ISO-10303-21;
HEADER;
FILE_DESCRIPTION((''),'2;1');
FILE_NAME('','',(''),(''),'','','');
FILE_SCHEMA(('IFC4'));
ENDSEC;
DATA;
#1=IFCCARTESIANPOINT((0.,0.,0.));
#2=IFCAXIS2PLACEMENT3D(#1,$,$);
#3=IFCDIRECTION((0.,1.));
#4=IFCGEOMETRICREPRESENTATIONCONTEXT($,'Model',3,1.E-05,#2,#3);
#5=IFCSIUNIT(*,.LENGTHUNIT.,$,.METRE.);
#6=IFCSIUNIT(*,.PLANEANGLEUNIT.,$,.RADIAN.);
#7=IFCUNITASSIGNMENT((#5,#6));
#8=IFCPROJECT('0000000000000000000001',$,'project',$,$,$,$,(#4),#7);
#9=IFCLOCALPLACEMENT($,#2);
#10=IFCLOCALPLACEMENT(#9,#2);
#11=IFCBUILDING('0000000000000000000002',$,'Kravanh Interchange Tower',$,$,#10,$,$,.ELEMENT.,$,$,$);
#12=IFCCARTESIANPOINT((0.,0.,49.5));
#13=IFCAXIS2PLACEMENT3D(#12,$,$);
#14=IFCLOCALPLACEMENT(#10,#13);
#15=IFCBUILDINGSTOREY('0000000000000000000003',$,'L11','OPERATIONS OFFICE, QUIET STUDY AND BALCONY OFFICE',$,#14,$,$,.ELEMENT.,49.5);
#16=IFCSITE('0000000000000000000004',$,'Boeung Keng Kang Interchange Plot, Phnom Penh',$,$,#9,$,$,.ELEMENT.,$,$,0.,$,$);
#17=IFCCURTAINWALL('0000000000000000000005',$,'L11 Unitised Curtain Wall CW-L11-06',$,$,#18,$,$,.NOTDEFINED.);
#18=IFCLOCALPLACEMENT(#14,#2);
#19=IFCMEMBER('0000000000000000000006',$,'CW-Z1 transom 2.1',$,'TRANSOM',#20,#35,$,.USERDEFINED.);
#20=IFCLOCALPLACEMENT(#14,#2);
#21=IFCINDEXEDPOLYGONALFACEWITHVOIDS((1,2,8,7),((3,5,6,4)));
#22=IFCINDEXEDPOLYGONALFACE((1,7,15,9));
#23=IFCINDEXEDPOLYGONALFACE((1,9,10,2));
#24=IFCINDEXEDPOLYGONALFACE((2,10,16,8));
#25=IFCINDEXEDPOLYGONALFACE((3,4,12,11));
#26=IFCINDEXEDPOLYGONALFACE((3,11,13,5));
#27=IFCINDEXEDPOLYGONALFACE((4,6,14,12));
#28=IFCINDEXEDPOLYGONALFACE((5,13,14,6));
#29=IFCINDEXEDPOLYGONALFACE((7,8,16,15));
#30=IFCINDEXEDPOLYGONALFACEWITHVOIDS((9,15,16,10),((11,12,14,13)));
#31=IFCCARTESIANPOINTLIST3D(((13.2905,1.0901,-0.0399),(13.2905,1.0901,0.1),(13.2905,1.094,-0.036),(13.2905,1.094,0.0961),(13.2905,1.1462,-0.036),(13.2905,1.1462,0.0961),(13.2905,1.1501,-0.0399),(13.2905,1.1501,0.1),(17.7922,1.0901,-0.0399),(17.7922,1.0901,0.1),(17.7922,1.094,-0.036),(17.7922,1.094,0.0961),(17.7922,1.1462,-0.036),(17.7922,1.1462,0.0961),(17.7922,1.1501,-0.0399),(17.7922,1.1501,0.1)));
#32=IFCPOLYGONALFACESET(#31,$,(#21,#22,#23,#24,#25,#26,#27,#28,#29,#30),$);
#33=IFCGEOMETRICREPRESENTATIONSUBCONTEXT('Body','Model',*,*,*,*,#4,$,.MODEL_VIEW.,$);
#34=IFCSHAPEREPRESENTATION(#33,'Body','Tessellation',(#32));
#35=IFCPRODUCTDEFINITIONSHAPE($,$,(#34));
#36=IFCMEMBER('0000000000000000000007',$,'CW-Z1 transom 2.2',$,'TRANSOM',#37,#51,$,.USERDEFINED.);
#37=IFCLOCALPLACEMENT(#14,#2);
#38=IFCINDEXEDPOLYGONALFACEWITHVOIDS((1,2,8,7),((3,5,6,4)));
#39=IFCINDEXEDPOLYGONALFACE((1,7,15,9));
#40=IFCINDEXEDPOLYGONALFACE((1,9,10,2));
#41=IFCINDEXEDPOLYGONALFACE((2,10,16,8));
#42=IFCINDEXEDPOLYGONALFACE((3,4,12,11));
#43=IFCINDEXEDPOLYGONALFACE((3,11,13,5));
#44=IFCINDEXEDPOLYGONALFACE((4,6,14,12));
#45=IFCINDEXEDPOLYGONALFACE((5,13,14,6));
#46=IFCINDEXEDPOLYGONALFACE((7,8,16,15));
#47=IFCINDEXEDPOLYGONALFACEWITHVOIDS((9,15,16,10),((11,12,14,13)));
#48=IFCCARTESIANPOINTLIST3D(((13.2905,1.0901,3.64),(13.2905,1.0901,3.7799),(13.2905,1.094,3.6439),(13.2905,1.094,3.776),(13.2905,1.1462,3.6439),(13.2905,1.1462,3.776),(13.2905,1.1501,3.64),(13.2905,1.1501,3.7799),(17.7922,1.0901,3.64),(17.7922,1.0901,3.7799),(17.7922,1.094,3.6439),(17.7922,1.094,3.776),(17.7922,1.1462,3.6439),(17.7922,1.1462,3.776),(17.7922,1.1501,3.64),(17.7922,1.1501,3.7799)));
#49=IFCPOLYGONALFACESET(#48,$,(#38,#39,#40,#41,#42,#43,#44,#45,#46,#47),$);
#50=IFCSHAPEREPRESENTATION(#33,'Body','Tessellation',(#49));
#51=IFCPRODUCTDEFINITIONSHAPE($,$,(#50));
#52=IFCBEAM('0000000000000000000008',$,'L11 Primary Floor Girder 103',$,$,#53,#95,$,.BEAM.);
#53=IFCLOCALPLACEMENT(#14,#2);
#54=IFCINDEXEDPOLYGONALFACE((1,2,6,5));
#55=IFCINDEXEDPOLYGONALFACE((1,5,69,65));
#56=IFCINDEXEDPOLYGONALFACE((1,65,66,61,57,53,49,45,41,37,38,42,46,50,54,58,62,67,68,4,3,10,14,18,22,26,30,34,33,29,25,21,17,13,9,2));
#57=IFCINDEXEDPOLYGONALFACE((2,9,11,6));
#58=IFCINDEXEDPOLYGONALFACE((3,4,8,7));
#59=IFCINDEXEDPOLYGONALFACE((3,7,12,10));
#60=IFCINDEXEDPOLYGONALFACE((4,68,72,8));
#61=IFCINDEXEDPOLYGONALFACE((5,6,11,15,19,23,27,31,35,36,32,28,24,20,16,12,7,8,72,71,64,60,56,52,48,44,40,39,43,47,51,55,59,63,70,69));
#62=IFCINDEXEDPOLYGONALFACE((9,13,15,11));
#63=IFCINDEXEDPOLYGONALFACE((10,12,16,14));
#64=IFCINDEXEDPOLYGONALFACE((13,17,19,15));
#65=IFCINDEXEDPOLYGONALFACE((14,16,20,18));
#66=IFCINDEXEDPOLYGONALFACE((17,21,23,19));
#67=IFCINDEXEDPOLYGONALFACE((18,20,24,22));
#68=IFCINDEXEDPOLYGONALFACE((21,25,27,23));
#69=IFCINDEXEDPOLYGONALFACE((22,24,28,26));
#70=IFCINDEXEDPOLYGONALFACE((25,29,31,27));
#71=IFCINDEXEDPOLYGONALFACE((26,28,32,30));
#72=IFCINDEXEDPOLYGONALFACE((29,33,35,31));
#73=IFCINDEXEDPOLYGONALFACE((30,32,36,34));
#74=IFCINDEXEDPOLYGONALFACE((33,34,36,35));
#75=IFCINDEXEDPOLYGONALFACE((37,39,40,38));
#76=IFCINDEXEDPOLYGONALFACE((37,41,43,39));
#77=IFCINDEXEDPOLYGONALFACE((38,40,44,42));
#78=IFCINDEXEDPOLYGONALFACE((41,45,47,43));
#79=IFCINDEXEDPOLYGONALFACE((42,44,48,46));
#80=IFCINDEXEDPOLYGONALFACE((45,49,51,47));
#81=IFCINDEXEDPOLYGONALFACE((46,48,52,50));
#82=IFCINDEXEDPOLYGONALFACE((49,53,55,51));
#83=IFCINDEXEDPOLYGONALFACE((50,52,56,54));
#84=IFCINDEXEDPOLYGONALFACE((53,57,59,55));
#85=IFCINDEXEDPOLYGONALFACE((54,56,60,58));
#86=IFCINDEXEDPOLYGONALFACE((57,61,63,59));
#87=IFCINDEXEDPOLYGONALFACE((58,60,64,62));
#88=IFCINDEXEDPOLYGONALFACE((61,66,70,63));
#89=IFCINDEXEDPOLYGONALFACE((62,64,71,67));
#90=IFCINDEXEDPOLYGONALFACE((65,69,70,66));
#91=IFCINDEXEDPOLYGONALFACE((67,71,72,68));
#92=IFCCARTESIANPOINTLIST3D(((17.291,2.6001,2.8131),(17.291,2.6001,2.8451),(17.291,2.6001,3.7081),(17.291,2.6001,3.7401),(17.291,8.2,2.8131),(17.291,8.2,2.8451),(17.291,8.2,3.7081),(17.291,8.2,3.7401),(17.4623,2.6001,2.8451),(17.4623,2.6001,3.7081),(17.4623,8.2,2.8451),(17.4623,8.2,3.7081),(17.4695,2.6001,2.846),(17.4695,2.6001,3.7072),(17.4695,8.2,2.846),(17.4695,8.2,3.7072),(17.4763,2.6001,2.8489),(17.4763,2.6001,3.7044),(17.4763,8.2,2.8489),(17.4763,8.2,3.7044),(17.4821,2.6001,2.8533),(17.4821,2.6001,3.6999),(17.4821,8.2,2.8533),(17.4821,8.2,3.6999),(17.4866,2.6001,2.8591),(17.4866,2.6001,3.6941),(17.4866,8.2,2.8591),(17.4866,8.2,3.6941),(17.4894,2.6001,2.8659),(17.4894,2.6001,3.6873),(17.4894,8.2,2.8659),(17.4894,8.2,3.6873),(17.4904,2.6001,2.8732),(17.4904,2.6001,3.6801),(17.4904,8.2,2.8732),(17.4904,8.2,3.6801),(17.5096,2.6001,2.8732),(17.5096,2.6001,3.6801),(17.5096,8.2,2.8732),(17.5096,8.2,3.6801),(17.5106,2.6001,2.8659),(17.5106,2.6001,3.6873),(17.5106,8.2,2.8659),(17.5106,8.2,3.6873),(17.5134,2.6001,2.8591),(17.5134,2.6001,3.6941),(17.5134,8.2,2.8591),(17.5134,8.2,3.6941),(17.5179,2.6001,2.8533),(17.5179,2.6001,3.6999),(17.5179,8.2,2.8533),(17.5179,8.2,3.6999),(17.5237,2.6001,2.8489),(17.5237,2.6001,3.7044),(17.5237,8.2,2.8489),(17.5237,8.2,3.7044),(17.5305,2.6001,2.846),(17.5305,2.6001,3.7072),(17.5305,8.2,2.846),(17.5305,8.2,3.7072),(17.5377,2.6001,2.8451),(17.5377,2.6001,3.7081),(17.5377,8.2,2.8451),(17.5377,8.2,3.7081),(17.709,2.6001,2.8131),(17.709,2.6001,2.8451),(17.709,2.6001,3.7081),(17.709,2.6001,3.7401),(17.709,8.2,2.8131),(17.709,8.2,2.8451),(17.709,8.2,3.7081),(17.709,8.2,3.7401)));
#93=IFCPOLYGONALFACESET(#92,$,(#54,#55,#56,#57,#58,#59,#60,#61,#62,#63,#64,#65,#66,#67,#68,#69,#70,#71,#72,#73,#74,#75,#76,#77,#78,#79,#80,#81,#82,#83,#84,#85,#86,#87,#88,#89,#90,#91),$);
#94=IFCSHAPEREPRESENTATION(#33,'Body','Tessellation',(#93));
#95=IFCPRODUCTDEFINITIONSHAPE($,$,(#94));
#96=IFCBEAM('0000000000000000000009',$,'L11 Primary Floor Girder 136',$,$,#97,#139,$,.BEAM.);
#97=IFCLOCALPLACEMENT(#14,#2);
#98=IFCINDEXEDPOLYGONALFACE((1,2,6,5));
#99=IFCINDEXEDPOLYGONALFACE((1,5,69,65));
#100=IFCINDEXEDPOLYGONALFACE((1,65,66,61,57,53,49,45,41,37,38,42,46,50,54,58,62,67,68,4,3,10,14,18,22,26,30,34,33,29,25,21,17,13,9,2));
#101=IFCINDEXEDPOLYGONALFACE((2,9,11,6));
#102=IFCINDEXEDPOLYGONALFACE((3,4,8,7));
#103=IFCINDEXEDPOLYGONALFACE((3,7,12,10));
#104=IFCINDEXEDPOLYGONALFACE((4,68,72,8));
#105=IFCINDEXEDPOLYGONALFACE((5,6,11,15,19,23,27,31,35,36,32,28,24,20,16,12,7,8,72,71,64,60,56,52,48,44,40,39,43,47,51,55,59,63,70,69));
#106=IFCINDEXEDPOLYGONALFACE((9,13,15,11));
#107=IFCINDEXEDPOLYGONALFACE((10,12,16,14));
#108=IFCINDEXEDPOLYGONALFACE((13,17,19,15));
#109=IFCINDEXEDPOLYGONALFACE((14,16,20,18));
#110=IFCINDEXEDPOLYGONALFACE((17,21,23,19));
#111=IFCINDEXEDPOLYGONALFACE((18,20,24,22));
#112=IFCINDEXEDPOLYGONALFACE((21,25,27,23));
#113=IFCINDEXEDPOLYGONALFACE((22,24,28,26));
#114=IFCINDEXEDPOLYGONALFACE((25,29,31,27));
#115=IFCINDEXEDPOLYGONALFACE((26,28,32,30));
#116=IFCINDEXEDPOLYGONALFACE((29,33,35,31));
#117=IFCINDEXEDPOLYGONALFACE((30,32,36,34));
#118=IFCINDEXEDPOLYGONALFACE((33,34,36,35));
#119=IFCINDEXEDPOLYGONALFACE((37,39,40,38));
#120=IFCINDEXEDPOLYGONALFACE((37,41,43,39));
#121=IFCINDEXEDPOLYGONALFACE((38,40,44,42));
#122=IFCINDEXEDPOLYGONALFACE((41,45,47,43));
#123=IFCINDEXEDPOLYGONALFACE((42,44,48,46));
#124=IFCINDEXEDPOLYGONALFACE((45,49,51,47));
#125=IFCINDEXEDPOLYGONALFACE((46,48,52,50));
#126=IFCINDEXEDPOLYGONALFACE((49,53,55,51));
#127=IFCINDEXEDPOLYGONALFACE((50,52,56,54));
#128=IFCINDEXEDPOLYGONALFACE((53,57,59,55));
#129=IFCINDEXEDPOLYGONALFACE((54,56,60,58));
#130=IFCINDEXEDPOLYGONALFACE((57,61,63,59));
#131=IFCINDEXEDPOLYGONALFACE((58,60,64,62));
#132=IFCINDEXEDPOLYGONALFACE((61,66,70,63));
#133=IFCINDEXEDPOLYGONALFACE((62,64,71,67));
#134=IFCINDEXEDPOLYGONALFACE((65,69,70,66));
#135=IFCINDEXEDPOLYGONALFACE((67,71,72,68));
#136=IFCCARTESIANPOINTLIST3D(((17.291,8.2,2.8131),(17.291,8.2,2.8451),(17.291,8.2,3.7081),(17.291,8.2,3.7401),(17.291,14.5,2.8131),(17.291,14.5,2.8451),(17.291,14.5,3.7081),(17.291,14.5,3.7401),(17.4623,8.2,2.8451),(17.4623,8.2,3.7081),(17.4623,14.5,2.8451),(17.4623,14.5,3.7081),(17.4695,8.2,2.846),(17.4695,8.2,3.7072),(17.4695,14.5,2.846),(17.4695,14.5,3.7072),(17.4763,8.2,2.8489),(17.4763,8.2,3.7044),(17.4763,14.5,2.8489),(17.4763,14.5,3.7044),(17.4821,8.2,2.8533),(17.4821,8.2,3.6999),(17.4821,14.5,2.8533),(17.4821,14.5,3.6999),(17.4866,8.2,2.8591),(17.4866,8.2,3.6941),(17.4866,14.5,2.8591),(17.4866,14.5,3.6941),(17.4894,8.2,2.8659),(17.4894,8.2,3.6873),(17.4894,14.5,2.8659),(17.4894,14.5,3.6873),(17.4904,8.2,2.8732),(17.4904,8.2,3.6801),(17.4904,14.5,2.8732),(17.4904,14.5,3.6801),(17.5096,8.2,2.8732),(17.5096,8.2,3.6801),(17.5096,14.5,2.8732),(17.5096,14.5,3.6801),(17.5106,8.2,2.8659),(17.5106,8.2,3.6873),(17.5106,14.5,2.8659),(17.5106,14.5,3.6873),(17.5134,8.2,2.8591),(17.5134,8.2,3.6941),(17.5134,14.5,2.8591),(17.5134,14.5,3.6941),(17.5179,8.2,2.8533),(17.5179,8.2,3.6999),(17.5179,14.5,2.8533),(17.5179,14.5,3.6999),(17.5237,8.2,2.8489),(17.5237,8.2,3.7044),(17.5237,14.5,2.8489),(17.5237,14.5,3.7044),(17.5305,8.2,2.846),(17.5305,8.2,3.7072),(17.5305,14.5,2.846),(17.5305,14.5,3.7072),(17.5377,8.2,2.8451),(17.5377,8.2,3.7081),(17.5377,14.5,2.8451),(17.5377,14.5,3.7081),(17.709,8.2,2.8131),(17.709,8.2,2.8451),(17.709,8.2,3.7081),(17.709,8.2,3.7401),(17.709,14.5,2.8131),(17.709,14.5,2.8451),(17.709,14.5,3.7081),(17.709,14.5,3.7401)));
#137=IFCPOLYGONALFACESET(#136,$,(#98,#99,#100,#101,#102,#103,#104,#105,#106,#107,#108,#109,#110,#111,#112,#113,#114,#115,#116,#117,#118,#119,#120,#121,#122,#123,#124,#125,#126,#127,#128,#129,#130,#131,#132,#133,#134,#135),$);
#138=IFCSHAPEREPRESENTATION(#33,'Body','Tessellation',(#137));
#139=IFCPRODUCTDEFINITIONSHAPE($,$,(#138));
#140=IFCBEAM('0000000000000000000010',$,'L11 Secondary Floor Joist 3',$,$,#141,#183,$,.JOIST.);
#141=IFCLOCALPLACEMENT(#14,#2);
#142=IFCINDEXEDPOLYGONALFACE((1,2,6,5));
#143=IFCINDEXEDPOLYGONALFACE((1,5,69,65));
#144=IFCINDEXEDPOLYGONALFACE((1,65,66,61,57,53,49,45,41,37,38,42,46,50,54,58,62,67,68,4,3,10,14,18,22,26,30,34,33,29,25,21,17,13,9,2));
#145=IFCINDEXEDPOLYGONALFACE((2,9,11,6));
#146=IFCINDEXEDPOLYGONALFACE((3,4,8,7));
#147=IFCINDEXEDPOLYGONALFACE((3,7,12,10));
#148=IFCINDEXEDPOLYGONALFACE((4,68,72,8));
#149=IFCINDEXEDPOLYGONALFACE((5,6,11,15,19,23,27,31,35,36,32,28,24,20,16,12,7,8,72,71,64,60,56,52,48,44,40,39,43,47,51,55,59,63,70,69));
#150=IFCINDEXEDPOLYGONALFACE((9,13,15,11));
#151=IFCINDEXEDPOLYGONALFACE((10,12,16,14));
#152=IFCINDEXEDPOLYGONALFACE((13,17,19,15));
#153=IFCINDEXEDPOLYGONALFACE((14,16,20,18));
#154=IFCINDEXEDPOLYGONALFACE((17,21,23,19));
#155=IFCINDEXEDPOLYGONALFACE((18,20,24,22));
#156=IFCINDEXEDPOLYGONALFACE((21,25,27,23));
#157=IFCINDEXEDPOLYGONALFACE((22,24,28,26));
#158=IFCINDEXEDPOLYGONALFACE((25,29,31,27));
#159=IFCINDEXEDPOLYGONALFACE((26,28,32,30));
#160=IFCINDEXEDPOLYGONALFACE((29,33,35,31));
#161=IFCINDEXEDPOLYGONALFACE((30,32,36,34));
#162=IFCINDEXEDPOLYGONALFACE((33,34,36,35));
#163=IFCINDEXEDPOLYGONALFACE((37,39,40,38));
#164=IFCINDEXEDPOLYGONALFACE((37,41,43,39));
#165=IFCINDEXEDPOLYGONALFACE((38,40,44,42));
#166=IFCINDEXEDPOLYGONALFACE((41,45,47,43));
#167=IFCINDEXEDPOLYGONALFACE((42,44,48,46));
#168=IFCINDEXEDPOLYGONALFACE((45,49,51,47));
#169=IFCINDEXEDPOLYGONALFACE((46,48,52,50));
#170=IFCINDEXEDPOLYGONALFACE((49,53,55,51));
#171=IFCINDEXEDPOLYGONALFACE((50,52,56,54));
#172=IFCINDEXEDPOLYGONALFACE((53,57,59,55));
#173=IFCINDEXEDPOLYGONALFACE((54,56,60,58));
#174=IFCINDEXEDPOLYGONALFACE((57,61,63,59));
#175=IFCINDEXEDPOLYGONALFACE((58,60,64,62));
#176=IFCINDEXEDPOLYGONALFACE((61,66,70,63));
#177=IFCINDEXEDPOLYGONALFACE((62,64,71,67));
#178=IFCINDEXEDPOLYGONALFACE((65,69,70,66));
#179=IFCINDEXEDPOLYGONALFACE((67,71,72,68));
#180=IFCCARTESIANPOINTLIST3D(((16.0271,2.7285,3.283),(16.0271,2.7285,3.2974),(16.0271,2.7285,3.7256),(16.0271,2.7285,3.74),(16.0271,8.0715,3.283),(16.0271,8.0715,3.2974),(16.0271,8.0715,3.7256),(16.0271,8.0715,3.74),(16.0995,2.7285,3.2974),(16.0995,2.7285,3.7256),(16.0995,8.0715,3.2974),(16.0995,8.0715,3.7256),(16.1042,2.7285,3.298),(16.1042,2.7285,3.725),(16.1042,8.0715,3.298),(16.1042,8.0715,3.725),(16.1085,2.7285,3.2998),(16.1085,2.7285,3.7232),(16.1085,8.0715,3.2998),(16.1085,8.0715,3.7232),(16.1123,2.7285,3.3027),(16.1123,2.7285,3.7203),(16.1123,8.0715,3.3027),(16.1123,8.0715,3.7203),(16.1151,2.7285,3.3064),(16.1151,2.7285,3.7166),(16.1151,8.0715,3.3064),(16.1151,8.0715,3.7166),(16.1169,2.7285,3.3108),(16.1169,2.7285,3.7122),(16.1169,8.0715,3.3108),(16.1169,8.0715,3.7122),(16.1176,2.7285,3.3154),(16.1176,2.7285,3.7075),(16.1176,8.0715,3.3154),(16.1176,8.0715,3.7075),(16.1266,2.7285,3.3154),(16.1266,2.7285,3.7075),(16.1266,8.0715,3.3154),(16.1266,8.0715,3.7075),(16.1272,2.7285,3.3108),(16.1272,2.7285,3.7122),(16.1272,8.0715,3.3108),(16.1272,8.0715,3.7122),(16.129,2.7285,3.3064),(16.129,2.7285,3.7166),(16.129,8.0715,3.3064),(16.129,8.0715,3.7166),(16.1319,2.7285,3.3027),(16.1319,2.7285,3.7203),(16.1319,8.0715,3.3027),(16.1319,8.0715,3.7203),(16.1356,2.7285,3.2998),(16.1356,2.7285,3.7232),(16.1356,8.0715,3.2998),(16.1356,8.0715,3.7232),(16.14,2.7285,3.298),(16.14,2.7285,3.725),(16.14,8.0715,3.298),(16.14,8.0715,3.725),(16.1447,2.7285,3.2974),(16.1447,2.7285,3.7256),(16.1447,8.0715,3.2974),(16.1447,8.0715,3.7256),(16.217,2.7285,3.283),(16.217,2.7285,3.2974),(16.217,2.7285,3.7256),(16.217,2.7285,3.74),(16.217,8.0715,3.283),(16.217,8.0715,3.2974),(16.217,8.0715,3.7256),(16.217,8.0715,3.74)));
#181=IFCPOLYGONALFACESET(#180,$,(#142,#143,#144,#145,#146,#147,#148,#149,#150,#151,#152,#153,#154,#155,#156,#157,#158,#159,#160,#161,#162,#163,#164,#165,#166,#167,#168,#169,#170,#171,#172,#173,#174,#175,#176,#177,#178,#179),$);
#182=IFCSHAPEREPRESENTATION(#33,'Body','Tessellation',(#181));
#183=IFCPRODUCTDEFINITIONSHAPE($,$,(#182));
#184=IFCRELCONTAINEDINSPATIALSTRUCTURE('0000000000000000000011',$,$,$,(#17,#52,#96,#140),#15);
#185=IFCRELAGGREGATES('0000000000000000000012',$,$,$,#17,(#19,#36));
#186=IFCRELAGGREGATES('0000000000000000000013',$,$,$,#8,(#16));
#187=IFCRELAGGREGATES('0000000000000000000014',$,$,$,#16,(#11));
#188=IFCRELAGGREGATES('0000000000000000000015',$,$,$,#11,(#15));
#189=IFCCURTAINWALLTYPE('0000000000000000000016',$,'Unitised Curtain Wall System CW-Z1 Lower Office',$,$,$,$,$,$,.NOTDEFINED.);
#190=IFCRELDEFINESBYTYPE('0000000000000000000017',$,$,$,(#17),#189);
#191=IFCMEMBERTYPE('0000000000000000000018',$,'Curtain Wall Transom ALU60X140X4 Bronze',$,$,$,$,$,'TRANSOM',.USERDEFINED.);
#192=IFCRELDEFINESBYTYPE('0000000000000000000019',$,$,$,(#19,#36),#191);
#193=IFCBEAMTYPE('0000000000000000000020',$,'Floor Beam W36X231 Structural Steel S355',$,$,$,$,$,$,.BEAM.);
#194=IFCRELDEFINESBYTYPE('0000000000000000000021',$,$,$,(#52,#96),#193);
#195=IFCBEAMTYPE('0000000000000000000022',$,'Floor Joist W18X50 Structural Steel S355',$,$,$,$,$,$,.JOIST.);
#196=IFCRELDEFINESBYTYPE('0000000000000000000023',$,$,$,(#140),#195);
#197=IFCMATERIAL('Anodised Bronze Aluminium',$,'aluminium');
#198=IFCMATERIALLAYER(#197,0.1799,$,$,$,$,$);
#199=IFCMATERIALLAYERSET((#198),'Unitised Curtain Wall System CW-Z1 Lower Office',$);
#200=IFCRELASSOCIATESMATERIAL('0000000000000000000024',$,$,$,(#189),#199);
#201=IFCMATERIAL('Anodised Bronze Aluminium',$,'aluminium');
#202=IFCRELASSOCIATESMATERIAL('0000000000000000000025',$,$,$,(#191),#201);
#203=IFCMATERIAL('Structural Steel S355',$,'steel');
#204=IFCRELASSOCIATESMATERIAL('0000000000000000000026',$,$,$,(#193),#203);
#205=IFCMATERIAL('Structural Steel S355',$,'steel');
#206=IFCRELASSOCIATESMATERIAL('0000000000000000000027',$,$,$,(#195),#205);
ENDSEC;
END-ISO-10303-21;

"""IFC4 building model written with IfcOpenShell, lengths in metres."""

from ifc_helpers import new_model, si_unit, direction, frame, origin, origin_2d, place, context, subcontext, project, spatial, hollow_rectangle, i_section, extrude, material, layer, layer_set, material_profile, profile_set, type_object, element, aggregate, save


model = new_model("IFC4")

# Units and contexts
model_context = context("Model", 3, precision=1e-05, world=origin(), true_north=direction((0.0, 1.0)))
body_context = subcontext(model_context, "Body", "Model", "MODEL_VIEW")
ifc_project = project(units=[si_unit("LENGTHUNIT", "METRE"), si_unit("PLANEANGLEUNIT", "RADIAN")], contexts=[model_context])

# Site, building, storey
site_placement = place(None, origin())
site = spatial("IfcSite", under=ifc_project, at=site_placement, Name="Boeung Keng Kang Interchange Plot, Phnom Penh", CompositionType="ELEMENT", RefElevation=0.0)
building_placement = place(site_placement, origin())
building = spatial("IfcBuilding", under=site, at=building_placement, Name="Kravanh Interchange Tower", CompositionType="ELEMENT")
storey_placement = place(building_placement, frame((0.0, 0.0, 49.5)))
storey = spatial("IfcBuildingStorey", under=building, at=storey_placement, Name="L11", Description="OPERATIONS OFFICE, QUIET STUDY AND BALCONY OFFICE", CompositionType="ELEMENT", Elevation=49.5)

# Curtain wall, members
ifc_material_1 = material(Name="Anodised Bronze Aluminium", Category="aluminium")
ifc_layer_1 = layer(ifc_material_1, 0.1799)
ifc_layer_set_1 = layer_set([ifc_layer_1], Name="Unitised Curtain Wall System CW-Z1 Lower Office")
curtain_wall_type = type_object("IfcCurtainWallType", Name="Unitised Curtain Wall System CW-Z1 Lower Office", PredefinedType="NOTDEFINED", material=ifc_layer_set_1)
curtain_wall_placement = place(storey_placement, origin())
curtain_wall = element("IfcCurtainWall", 1, at=curtain_wall_placement, inside=storey, type_object=curtain_wall_type, Name="L11 Unitised Curtain Wall CW-L11-06", PredefinedType="NOTDEFINED")
ifc_material_2 = material(Name="Anodised Bronze Aluminium", Category="aluminium")
ifc_material_profile_1 = material_profile(ifc_material_2, hollow_rectangle(XDim=0.0601, YDim=0.1399, WallThickness=0.0039, at=origin_2d()), Name="ALU60X140X4")
ifc_profile_set_1 = profile_set([ifc_material_profile_1], Name="Anodised Bronze Aluminium")
member_type_1 = type_object("IfcMemberType", Name="Curtain Wall Transom ALU60X140X4 Bronze", ElementType="TRANSOM", PredefinedType="USERDEFINED", material=ifc_profile_set_1)
member_1_placement = place(storey_placement, frame((17.7922, 1.1201, 0.03), z_axis=(-1.0, 0.0, 0.0), x_axis=(0.0, -1.0, 0.0)))
member_1 = element("IfcMember", 2, at=member_1_placement, type_object=member_type_1, Name="CW-Z1 transom 2.1", ObjectType="TRANSOM", PredefinedType="USERDEFINED", context=body_context, shape_type="SweptSolid", body=[
    extrude(hollow_rectangle(XDim=0.0601, YDim=0.1399, WallThickness=0.0039, at=origin_2d()), origin(), (0.0, 0.0, 1.0), 4.5017),
])
member_2_placement = place(storey_placement, frame((17.7922, 1.1201, 3.71), z_axis=(-1.0, 0.0, 0.0), x_axis=(0.0, -1.0, 0.0)))
member_2 = element("IfcMember", 3, at=member_2_placement, type_object=member_type_1, Name="CW-Z1 transom 2.2", ObjectType="TRANSOM", PredefinedType="USERDEFINED", context=body_context, shape_type="SweptSolid", body=[
    extrude(hollow_rectangle(XDim=0.0601, YDim=0.1399, WallThickness=0.0039, at=origin_2d()), origin(), (0.0, 0.0, 1.0), 4.5017),
])

# Beams
ifc_material_3 = material(Name="Structural Steel S355", Category="steel")
ifc_material_profile_2 = material_profile(ifc_material_3, i_section(OverallWidth=0.418, OverallDepth=0.927, WebThickness=0.0193, FlangeThickness=0.032, FilletRadius=0.0281, at=origin_2d()), Name="W36X231")
ifc_profile_set_2 = profile_set([ifc_material_profile_2], Name="Structural Steel S355")
beam_type_1 = type_object("IfcBeamType", Name="Floor Beam W36X231 Structural Steel S355", PredefinedType="BEAM", material=ifc_profile_set_2)
beam_1_placement = place(storey_placement, frame((17.5, 2.6001, 3.2766), z_axis=(0.0, 1.0, 0.0), x_axis=(-1.0, 0.0, 0.0)))
element("IfcBeam", 4, at=beam_1_placement, inside=storey, type_object=beam_type_1, Name="L11 Primary Floor Girder 103", PredefinedType="BEAM", context=body_context, shape_type="SweptSolid", body=[
    extrude(i_section(OverallWidth=0.418, OverallDepth=0.927, WebThickness=0.0193, FlangeThickness=0.032, FilletRadius=0.0281, at=origin_2d()), origin(), (0.0, 0.0, 1.0), 5.5999),
])
beam_2_placement = place(storey_placement, frame((17.5, 8.2, 3.2766), z_axis=(0.0, 1.0, 0.0), x_axis=(-1.0, 0.0, 0.0)))
element("IfcBeam", 5, at=beam_2_placement, inside=storey, type_object=beam_type_1, Name="L11 Primary Floor Girder 136", PredefinedType="BEAM", context=body_context, shape_type="SweptSolid", body=[
    extrude(i_section(OverallWidth=0.418, OverallDepth=0.927, WebThickness=0.0193, FlangeThickness=0.032, FilletRadius=0.0281, at=origin_2d()), origin(), (0.0, 0.0, 1.0), 6.3),
])
ifc_material_4 = material(Name="Structural Steel S355", Category="steel")
ifc_material_profile_3 = material_profile(ifc_material_4, i_section(OverallWidth=0.1899, OverallDepth=0.457, WebThickness=0.009, FlangeThickness=0.0144, FilletRadius=0.0181, at=origin_2d()), Name="W18X50")
ifc_profile_set_3 = profile_set([ifc_material_profile_3], Name="Structural Steel S355")
beam_type_2 = type_object("IfcBeamType", Name="Floor Joist W18X50 Structural Steel S355", PredefinedType="JOIST", material=ifc_profile_set_3)
for number, where, z_axis, x_axis, name in (
    (6, (16.1221, 2.7285, 3.5115), (0.0, 1.0, 0.0), (-1.0, 0.0, 0.0), "L11 Secondary Floor Joist 3"),
):
    element("IfcBeam", number, at=place(storey_placement, frame(where, z_axis=z_axis, x_axis=x_axis)), inside=storey, type_object=beam_type_2, Name=name, PredefinedType="JOIST", context=body_context, shape_type="SweptSolid", body=[
        extrude(i_section(OverallWidth=0.1899, OverallDepth=0.457, WebThickness=0.009, FlangeThickness=0.0144, FilletRadius=0.0181, at=origin_2d()), origin(), (0.0, 0.0, 1.0), 5.343),
    ])

aggregate(curtain_wall, [member_1, member_2])

save(model, "model.ifc")
